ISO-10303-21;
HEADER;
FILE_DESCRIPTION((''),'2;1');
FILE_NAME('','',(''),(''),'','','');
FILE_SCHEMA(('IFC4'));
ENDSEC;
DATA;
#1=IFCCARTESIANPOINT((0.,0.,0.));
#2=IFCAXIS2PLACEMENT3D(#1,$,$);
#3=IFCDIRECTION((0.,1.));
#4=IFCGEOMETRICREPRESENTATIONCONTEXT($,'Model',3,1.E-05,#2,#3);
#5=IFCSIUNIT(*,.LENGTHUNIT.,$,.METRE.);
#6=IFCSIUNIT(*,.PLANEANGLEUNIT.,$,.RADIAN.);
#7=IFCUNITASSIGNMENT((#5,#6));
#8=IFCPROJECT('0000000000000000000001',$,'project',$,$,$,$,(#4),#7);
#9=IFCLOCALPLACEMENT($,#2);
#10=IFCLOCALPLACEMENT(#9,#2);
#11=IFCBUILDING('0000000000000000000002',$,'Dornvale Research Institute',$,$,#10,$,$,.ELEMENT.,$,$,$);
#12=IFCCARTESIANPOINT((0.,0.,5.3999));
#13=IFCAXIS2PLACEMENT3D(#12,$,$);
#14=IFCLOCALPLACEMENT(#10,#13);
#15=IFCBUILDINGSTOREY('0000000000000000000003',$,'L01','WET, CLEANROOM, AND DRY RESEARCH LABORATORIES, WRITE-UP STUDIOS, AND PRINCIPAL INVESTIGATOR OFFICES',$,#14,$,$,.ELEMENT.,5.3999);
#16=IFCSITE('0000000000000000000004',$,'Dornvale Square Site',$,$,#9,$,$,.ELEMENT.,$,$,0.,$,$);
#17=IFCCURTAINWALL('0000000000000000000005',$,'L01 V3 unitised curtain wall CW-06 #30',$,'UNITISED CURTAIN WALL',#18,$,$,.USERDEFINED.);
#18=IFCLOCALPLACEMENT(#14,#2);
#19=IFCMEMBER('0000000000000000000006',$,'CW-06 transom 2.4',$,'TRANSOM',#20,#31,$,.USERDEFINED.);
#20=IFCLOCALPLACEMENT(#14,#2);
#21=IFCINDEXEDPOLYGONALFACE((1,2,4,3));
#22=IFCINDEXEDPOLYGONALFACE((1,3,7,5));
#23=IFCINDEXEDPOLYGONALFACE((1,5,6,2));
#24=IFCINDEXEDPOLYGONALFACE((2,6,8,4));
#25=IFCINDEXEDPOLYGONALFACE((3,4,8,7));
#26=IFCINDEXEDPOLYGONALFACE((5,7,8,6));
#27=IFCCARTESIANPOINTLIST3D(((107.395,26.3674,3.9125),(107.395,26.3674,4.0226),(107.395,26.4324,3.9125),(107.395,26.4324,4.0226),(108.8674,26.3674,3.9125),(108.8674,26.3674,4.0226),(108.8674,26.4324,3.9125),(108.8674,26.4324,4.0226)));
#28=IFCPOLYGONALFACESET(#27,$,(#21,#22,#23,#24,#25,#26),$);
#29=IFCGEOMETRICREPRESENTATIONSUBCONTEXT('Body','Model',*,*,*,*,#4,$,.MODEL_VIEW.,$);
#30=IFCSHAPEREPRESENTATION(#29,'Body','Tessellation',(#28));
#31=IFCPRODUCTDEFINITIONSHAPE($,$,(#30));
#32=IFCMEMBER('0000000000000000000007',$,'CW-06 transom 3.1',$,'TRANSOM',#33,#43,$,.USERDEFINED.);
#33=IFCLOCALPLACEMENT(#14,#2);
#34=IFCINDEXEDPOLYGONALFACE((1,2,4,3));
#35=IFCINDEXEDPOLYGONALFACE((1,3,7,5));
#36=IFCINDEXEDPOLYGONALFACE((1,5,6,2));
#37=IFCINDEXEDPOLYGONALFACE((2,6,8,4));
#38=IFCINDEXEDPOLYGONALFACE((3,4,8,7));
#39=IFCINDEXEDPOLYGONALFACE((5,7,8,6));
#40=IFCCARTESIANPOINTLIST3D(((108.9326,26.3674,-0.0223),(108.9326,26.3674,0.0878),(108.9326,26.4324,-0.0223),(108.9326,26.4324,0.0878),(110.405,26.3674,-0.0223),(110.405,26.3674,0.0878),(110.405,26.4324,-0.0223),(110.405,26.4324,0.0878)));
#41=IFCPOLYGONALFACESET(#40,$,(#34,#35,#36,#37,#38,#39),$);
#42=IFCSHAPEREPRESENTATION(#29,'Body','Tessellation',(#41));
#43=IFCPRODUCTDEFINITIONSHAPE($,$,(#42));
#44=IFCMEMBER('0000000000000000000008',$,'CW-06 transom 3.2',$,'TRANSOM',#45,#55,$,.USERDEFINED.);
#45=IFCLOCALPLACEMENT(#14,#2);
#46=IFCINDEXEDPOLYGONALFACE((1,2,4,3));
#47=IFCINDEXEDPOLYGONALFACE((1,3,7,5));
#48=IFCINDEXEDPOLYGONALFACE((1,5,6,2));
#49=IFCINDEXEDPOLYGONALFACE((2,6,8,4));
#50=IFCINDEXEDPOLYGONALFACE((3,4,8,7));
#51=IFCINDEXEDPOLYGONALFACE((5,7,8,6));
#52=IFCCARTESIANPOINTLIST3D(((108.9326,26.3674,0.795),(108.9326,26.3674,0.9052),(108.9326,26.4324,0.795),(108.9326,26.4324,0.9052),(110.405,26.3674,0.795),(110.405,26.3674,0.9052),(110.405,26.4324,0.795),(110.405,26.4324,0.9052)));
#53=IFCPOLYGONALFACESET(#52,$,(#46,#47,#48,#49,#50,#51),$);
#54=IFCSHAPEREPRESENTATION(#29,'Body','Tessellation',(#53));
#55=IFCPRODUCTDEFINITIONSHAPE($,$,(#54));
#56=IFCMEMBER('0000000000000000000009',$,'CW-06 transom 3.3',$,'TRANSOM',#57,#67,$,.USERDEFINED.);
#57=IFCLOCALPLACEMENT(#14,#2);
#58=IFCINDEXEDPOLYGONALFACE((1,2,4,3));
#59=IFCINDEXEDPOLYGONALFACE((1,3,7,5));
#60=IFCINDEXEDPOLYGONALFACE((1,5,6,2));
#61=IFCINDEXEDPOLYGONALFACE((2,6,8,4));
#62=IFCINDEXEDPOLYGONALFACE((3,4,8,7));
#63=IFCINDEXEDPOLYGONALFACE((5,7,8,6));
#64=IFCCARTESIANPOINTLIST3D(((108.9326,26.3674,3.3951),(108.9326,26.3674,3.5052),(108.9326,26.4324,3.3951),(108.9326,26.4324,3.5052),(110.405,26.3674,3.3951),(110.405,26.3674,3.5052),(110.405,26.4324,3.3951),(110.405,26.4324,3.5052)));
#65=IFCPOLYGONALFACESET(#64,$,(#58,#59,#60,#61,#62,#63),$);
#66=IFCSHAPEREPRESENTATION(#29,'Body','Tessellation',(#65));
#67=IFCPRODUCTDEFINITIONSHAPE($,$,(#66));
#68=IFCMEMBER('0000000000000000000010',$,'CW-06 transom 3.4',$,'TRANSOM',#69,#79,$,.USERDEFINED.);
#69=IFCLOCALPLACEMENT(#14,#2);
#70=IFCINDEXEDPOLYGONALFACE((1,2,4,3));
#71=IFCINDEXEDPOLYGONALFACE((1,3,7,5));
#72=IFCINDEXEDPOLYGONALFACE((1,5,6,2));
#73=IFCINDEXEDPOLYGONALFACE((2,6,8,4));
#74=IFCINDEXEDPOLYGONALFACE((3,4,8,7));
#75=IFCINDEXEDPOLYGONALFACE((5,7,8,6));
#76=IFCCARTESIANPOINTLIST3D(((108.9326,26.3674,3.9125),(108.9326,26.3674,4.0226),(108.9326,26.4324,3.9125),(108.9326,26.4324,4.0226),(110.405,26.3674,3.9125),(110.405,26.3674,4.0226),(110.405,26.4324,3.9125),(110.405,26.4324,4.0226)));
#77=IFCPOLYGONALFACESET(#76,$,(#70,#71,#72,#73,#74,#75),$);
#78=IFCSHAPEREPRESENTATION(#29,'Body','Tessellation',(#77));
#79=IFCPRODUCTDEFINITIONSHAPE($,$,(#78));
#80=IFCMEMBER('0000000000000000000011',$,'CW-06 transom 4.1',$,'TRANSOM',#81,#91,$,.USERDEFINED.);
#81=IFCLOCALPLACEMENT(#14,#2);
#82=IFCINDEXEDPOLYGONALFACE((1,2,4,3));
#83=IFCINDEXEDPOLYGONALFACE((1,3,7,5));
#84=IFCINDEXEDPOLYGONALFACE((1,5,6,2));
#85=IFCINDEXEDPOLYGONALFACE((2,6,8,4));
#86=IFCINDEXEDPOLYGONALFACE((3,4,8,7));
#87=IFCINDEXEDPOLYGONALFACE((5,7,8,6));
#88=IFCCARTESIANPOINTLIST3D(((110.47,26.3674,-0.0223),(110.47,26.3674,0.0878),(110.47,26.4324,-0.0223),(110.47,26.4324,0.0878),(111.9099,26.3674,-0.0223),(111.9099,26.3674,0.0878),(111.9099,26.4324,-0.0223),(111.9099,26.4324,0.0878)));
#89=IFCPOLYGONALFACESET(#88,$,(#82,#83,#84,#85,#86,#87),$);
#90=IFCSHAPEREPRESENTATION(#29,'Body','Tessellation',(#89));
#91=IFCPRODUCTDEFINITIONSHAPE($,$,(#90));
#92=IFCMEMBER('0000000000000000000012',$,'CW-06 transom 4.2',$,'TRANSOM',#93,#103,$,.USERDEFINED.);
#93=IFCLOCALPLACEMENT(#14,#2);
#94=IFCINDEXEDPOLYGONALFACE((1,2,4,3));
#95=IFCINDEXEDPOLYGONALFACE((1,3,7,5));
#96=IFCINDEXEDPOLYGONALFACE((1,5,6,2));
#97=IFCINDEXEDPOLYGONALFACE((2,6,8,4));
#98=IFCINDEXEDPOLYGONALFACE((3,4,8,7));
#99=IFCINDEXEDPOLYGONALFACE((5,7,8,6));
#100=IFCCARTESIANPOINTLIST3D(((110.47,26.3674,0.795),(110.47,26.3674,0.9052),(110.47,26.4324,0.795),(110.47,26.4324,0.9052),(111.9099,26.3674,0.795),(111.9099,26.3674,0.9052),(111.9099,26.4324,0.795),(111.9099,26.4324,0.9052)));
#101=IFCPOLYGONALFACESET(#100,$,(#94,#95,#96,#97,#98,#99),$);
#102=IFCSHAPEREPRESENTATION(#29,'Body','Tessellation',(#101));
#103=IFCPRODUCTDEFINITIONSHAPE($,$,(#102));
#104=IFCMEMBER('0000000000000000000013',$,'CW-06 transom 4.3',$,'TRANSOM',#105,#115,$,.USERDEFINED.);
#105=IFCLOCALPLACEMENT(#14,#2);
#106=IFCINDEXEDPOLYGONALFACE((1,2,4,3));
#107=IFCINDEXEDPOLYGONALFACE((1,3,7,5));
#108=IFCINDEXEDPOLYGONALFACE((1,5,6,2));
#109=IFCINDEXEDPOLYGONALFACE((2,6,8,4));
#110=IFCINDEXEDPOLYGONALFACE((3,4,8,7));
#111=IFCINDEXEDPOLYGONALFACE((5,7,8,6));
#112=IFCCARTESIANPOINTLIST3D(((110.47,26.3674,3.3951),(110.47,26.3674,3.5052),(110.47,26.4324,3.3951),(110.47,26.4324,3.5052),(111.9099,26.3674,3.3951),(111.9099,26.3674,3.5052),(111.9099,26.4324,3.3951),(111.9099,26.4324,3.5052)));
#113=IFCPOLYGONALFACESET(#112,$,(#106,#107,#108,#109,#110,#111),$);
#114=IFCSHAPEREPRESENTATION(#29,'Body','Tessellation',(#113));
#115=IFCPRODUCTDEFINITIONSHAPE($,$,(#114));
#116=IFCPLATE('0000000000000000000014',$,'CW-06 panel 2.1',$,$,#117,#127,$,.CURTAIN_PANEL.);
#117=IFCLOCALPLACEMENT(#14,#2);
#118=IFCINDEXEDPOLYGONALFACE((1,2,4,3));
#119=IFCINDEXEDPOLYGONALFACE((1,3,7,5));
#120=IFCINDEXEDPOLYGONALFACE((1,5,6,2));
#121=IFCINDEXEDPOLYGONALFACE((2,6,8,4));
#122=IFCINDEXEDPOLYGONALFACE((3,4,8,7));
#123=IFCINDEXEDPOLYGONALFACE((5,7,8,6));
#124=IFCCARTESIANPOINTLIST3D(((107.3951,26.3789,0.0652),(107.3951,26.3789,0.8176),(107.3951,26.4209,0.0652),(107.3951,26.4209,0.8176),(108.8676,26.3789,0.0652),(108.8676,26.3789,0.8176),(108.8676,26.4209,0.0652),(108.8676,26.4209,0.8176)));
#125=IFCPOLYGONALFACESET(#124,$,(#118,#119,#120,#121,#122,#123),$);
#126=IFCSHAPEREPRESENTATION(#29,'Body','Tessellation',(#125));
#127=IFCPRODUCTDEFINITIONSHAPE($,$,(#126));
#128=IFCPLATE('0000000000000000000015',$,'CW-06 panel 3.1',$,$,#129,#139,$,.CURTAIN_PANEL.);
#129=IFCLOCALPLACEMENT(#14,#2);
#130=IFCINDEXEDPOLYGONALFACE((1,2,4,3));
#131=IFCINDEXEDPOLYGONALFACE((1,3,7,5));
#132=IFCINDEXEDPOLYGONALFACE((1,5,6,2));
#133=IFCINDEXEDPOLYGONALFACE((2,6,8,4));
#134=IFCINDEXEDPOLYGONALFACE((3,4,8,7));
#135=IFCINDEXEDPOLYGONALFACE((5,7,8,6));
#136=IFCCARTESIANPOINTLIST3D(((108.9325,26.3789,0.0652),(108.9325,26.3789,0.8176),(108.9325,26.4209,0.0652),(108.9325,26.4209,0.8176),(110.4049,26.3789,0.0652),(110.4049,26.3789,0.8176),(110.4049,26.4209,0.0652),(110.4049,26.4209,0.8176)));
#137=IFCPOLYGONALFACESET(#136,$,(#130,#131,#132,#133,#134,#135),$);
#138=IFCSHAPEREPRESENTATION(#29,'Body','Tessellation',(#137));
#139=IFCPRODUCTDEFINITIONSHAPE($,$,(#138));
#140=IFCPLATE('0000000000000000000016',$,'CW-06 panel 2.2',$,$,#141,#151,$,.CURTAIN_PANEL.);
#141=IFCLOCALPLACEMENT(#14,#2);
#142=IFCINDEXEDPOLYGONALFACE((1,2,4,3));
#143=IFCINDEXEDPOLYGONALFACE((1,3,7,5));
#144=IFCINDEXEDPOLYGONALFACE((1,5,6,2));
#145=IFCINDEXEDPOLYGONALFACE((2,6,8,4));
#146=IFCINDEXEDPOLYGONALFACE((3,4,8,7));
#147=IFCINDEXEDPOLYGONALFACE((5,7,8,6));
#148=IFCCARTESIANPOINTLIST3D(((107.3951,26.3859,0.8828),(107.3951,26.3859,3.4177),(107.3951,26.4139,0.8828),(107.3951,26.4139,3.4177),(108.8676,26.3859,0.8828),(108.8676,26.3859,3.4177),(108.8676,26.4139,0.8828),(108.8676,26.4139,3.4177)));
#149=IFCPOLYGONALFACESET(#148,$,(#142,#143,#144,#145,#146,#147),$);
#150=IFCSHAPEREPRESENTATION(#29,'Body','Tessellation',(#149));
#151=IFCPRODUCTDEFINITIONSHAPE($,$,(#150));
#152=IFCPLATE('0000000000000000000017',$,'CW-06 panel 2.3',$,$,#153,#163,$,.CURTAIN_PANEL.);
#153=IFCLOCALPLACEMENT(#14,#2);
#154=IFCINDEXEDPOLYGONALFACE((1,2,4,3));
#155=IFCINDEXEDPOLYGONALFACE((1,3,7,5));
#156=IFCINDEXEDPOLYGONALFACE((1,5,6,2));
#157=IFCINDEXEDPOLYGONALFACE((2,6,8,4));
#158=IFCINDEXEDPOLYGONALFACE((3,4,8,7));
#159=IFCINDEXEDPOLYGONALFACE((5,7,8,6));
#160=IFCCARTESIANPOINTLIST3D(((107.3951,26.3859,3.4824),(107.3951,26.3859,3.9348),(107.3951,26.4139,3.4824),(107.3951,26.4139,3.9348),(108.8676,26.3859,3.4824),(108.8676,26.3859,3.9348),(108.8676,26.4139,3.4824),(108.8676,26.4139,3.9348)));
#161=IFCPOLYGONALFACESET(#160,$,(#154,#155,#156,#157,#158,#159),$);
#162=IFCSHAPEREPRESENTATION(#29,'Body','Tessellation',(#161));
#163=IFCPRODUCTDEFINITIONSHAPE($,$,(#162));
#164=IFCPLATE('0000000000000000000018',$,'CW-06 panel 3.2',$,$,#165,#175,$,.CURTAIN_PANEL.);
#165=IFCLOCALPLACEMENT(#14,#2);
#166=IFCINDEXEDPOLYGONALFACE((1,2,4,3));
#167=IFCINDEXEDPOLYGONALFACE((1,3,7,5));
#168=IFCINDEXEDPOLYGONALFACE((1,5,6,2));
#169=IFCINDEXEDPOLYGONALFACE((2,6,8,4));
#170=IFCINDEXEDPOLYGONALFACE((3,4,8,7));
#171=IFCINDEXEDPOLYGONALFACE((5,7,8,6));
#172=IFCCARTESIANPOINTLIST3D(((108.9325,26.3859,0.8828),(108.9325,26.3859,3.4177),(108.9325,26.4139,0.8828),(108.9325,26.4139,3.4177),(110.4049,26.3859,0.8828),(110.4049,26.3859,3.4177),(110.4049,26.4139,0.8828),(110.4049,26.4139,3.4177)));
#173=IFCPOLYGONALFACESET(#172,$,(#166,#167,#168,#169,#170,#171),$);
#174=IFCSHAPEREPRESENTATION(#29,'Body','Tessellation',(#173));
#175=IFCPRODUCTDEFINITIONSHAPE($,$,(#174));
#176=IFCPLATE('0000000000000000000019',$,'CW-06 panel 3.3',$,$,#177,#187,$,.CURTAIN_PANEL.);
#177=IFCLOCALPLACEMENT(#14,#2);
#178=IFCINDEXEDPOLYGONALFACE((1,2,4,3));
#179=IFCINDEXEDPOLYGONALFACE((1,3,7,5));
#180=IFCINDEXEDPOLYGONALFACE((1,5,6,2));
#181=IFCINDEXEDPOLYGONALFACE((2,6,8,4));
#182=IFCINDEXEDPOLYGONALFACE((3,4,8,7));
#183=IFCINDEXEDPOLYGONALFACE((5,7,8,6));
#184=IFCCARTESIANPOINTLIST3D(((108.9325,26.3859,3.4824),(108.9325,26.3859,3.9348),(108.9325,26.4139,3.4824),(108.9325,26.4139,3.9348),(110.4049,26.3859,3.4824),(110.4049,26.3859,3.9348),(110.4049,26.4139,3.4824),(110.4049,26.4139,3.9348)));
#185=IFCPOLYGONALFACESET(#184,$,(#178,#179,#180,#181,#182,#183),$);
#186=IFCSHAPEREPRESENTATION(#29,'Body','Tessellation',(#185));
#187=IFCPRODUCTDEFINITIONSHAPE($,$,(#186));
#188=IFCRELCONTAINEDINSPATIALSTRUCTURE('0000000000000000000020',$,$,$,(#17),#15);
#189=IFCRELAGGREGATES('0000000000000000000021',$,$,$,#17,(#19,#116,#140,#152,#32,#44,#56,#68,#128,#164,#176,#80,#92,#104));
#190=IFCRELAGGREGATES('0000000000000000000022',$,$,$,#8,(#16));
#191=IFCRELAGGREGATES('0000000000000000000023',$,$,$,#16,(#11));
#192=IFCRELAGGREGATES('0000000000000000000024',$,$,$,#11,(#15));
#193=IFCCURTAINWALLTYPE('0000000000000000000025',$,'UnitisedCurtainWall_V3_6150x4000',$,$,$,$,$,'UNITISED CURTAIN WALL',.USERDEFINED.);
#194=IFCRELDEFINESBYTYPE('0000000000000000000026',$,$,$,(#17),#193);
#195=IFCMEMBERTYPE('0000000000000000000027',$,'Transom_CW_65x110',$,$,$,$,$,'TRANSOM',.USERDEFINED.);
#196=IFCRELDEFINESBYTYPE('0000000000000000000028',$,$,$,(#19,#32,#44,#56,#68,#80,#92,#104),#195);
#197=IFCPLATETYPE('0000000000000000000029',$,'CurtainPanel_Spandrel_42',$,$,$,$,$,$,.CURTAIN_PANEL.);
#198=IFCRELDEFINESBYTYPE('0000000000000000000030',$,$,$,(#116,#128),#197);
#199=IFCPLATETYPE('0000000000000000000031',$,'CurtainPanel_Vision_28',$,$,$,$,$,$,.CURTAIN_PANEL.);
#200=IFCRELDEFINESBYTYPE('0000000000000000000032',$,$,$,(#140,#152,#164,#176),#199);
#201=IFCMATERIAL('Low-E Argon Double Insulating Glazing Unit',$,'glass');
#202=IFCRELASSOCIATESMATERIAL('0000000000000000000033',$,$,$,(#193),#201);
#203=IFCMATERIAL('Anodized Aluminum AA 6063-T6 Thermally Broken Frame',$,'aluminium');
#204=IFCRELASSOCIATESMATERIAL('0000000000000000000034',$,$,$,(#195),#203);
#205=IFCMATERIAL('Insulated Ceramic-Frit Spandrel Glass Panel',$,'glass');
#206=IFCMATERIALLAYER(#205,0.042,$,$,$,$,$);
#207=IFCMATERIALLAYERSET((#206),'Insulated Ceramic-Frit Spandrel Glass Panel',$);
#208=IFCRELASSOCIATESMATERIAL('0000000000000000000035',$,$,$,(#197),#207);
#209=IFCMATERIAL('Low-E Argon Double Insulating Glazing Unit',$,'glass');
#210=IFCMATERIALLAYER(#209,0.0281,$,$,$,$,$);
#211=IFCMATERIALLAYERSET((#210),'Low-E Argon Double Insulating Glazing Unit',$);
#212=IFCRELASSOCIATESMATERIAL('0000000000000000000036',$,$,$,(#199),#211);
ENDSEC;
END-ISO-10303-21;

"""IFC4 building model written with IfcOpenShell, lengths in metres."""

from ifc_helpers import new_model, si_unit, direction, frame, origin, origin_2d, place, context, subcontext, project, spatial, rectangle, extrude, material, layer, layer_set, material_profile, profile_set, type_object, element, aggregate, save


model = new_model("IFC4")

# Units and contexts
model_context = context("Model", 3, precision=1e-05, world=origin(), true_north=direction((0.0, 1.0)))
body_context = subcontext(model_context, "Body", "Model", "MODEL_VIEW")
ifc_project = project(units=[si_unit("LENGTHUNIT", "METRE"), si_unit("PLANEANGLEUNIT", "RADIAN")], contexts=[model_context])

# Site, building, storey
site_placement = place(None, origin())
site = spatial("IfcSite", under=ifc_project, at=site_placement, Name="Dornvale Square Site", CompositionType="ELEMENT", RefElevation=0.0)
building_placement = place(site_placement, origin())
building = spatial("IfcBuilding", under=site, at=building_placement, Name="Dornvale Research Institute", CompositionType="ELEMENT")
storey_placement = place(building_placement, frame((0.0, 0.0, 5.3999)))
storey = spatial("IfcBuildingStorey", under=building, at=storey_placement, Name="L01", Description="WET, CLEANROOM, AND DRY RESEARCH LABORATORIES, WRITE-UP STUDIOS, AND PRINCIPAL INVESTIGATOR OFFICES", CompositionType="ELEMENT", Elevation=5.3999)

# Curtain wall, members, plates
ifc_material_1 = material(Name="Low-E Argon Double Insulating Glazing Unit", Category="glass")
curtain_wall_type = type_object("IfcCurtainWallType", Name="UnitisedCurtainWall_V3_6150x4000", ElementType="UNITISED CURTAIN WALL", PredefinedType="USERDEFINED", material=ifc_material_1)
curtain_wall_placement = place(storey_placement, origin())
curtain_wall = element("IfcCurtainWall", 1, at=curtain_wall_placement, inside=storey, type_object=curtain_wall_type, Name="L01 V3 unitised curtain wall CW-06 #30", ObjectType="UNITISED CURTAIN WALL", PredefinedType="USERDEFINED")
ifc_material_2 = material(Name="Anodized Aluminum AA 6063-T6 Thermally Broken Frame", Category="aluminium")
ifc_material_profile_1 = material_profile(ifc_material_2, rectangle(XDim=0.0649, YDim=0.1101, at=origin_2d()), Name="ALU TRANSOM 65x110")
ifc_profile_set_1 = profile_set([ifc_material_profile_1], Name="Anodized Aluminum AA 6063-T6 Thermally Broken Frame")
member_type_1 = type_object("IfcMemberType", Name="Transom_CW_65x110", ElementType="TRANSOM", PredefinedType="USERDEFINED", material=ifc_profile_set_1)
member_1_placement = place(storey_placement, frame((107.395, 26.3999, 3.9675), z_axis=(1.0, 0.0, 0.0), x_axis=(0.0, 1.0, 0.0)))
member_1 = element("IfcMember", 2, at=member_1_placement, type_object=member_type_1, Name="CW-06 transom 2.4", ObjectType="TRANSOM", PredefinedType="USERDEFINED", context=body_context, shape_type="SweptSolid", body=[
    extrude(rectangle(XDim=0.0649, YDim=0.1101, at=origin_2d()), origin(), (0.0, 0.0, 1.0), 1.4724),
])
member_2_placement = place(storey_placement, frame((108.9326, 26.3999, 0.0327), z_axis=(1.0, 0.0, 0.0), x_axis=(0.0, 1.0, 0.0)))
member_2 = element("IfcMember", 3, at=member_2_placement, type_object=member_type_1, Name="CW-06 transom 3.1", ObjectType="TRANSOM", PredefinedType="USERDEFINED", context=body_context, shape_type="SweptSolid", body=[
    extrude(rectangle(XDim=0.0649, YDim=0.1101, at=origin_2d()), origin(), (0.0, 0.0, 1.0), 1.4724),
])
member_3_placement = place(storey_placement, frame((108.9326, 26.3999, 0.8501), z_axis=(1.0, 0.0, 0.0), x_axis=(0.0, 1.0, 0.0)))
member_3 = element("IfcMember", 4, at=member_3_placement, type_object=member_type_1, Name="CW-06 transom 3.2", ObjectType="TRANSOM", PredefinedType="USERDEFINED", context=body_context, shape_type="SweptSolid", body=[
    extrude(rectangle(XDim=0.0649, YDim=0.1101, at=origin_2d()), origin(), (0.0, 0.0, 1.0), 1.4724),
])
member_4_placement = place(storey_placement, frame((108.9326, 26.3999, 3.4502), z_axis=(1.0, 0.0, 0.0), x_axis=(0.0, 1.0, 0.0)))
member_4 = element("IfcMember", 5, at=member_4_placement, type_object=member_type_1, Name="CW-06 transom 3.3", ObjectType="TRANSOM", PredefinedType="USERDEFINED", context=body_context, shape_type="SweptSolid", body=[
    extrude(rectangle(XDim=0.0649, YDim=0.1101, at=origin_2d()), origin(), (0.0, 0.0, 1.0), 1.4724),
])
member_5_placement = place(storey_placement, frame((108.9326, 26.3999, 3.9675), z_axis=(1.0, 0.0, 0.0), x_axis=(0.0, 1.0, 0.0)))
member_5 = element("IfcMember", 6, at=member_5_placement, type_object=member_type_1, Name="CW-06 transom 3.4", ObjectType="TRANSOM", PredefinedType="USERDEFINED", context=body_context, shape_type="SweptSolid", body=[
    extrude(rectangle(XDim=0.0649, YDim=0.1101, at=origin_2d()), origin(), (0.0, 0.0, 1.0), 1.4724),
])
member_6_placement = place(storey_placement, frame((110.47, 26.3999, 0.0327), z_axis=(1.0, 0.0, 0.0), x_axis=(0.0, 1.0, 0.0)))
member_6 = element("IfcMember", 7, at=member_6_placement, type_object=member_type_1, Name="CW-06 transom 4.1", ObjectType="TRANSOM", PredefinedType="USERDEFINED", context=body_context, shape_type="SweptSolid", body=[
    extrude(rectangle(XDim=0.0649, YDim=0.1101, at=origin_2d()), origin(), (0.0, 0.0, 1.0), 1.4399),
])
member_7_placement = place(storey_placement, frame((110.47, 26.3999, 0.8501), z_axis=(1.0, 0.0, 0.0), x_axis=(0.0, 1.0, 0.0)))
member_7 = element("IfcMember", 8, at=member_7_placement, type_object=member_type_1, Name="CW-06 transom 4.2", ObjectType="TRANSOM", PredefinedType="USERDEFINED", context=body_context, shape_type="SweptSolid", body=[
    extrude(rectangle(XDim=0.0649, YDim=0.1101, at=origin_2d()), origin(), (0.0, 0.0, 1.0), 1.4399),
])
member_8_placement = place(storey_placement, frame((110.47, 26.3999, 3.4502), z_axis=(1.0, 0.0, 0.0), x_axis=(0.0, 1.0, 0.0)))
member_8 = element("IfcMember", 9, at=member_8_placement, type_object=member_type_1, Name="CW-06 transom 4.3", ObjectType="TRANSOM", PredefinedType="USERDEFINED", context=body_context, shape_type="SweptSolid", body=[
    extrude(rectangle(XDim=0.0649, YDim=0.1101, at=origin_2d()), origin(), (0.0, 0.0, 1.0), 1.4399),
])
ifc_material_3 = material(Name="Insulated Ceramic-Frit Spandrel Glass Panel", Category="glass")
ifc_layer_1 = layer(ifc_material_3, 0.042)
ifc_layer_set_1 = layer_set([ifc_layer_1], Name="Insulated Ceramic-Frit Spandrel Glass Panel")
plate_type_1 = type_object("IfcPlateType", Name="CurtainPanel_Spandrel_42", PredefinedType="CURTAIN_PANEL", material=ifc_layer_set_1)
plate_1_placement = place(storey_placement, frame((108.1313, 26.3999, 0.0652), z_axis=(0.0, 0.0, 1.0), x_axis=(1.0, 0.0, 0.0)))
plate_1 = element("IfcPlate", 10, at=plate_1_placement, type_object=plate_type_1, Name="CW-06 panel 2.1", PredefinedType="CURTAIN_PANEL", context=body_context, shape_type="SweptSolid", body=[
    extrude(rectangle(XDim=1.4724, YDim=0.042, at=origin_2d()), origin(), (0.0, 0.0, 1.0), 0.7524),
])
plate_2_placement = place(storey_placement, frame((109.6687, 26.3999, 0.0652), z_axis=(0.0, 0.0, 1.0), x_axis=(1.0, 0.0, 0.0)))
plate_2 = element("IfcPlate", 11, at=plate_2_placement, type_object=plate_type_1, Name="CW-06 panel 3.1", PredefinedType="CURTAIN_PANEL", context=body_context, shape_type="SweptSolid", body=[
    extrude(rectangle(XDim=1.4724, YDim=0.042, at=origin_2d()), origin(), (0.0, 0.0, 1.0), 0.7524),
])
ifc_material_4 = material(Name="Low-E Argon Double Insulating Glazing Unit", Category="glass")
ifc_layer_2 = layer(ifc_material_4, 0.0281)
ifc_layer_set_2 = layer_set([ifc_layer_2], Name="Low-E Argon Double Insulating Glazing Unit")
plate_type_2 = type_object("IfcPlateType", Name="CurtainPanel_Vision_28", PredefinedType="CURTAIN_PANEL", material=ifc_layer_set_2)
plate_3_placement = place(storey_placement, frame((108.1313, 26.3999, 0.8828), z_axis=(0.0, 0.0, 1.0), x_axis=(1.0, 0.0, 0.0)))
plate_3 = element("IfcPlate", 12, at=plate_3_placement, type_object=plate_type_2, Name="CW-06 panel 2.2", PredefinedType="CURTAIN_PANEL", context=body_context, shape_type="SweptSolid", body=[
    extrude(rectangle(XDim=1.4724, YDim=0.0281, at=origin_2d()), origin(), (0.0, 0.0, 1.0), 2.5349),
])
plate_4_placement = place(storey_placement, frame((108.1313, 26.3999, 3.4824), z_axis=(0.0, 0.0, 1.0), x_axis=(1.0, 0.0, 0.0)))
plate_4 = element("IfcPlate", 13, at=plate_4_placement, type_object=plate_type_2, Name="CW-06 panel 2.3", PredefinedType="CURTAIN_PANEL", context=body_context, shape_type="SweptSolid", body=[
    extrude(rectangle(XDim=1.4724, YDim=0.0281, at=origin_2d()), origin(), (0.0, 0.0, 1.0), 0.4524),
])
plate_5_placement = place(storey_placement, frame((109.6687, 26.3999, 0.8828), z_axis=(0.0, 0.0, 1.0), x_axis=(1.0, 0.0, 0.0)))
plate_5 = element("IfcPlate", 14, at=plate_5_placement, type_object=plate_type_2, Name="CW-06 panel 3.2", PredefinedType="CURTAIN_PANEL", context=body_context, shape_type="SweptSolid", body=[
    extrude(rectangle(XDim=1.4724, YDim=0.0281, at=origin_2d()), origin(), (0.0, 0.0, 1.0), 2.5349),
])
plate_6_placement = place(storey_placement, frame((109.6687, 26.3999, 3.4824), z_axis=(0.0, 0.0, 1.0), x_axis=(1.0, 0.0, 0.0)))
plate_6 = element("IfcPlate", 15, at=plate_6_placement, type_object=plate_type_2, Name="CW-06 panel 3.3", PredefinedType="CURTAIN_PANEL", context=body_context, shape_type="SweptSolid", body=[
    extrude(rectangle(XDim=1.4724, YDim=0.0281, at=origin_2d()), origin(), (0.0, 0.0, 1.0), 0.4524),
])
aggregate(curtain_wall, [member_1, plate_1, plate_3, plate_4, member_2, member_3, member_4, member_5, plate_2, plate_5, plate_6, member_6, member_7, member_8])

save(model, "model.ifc")
